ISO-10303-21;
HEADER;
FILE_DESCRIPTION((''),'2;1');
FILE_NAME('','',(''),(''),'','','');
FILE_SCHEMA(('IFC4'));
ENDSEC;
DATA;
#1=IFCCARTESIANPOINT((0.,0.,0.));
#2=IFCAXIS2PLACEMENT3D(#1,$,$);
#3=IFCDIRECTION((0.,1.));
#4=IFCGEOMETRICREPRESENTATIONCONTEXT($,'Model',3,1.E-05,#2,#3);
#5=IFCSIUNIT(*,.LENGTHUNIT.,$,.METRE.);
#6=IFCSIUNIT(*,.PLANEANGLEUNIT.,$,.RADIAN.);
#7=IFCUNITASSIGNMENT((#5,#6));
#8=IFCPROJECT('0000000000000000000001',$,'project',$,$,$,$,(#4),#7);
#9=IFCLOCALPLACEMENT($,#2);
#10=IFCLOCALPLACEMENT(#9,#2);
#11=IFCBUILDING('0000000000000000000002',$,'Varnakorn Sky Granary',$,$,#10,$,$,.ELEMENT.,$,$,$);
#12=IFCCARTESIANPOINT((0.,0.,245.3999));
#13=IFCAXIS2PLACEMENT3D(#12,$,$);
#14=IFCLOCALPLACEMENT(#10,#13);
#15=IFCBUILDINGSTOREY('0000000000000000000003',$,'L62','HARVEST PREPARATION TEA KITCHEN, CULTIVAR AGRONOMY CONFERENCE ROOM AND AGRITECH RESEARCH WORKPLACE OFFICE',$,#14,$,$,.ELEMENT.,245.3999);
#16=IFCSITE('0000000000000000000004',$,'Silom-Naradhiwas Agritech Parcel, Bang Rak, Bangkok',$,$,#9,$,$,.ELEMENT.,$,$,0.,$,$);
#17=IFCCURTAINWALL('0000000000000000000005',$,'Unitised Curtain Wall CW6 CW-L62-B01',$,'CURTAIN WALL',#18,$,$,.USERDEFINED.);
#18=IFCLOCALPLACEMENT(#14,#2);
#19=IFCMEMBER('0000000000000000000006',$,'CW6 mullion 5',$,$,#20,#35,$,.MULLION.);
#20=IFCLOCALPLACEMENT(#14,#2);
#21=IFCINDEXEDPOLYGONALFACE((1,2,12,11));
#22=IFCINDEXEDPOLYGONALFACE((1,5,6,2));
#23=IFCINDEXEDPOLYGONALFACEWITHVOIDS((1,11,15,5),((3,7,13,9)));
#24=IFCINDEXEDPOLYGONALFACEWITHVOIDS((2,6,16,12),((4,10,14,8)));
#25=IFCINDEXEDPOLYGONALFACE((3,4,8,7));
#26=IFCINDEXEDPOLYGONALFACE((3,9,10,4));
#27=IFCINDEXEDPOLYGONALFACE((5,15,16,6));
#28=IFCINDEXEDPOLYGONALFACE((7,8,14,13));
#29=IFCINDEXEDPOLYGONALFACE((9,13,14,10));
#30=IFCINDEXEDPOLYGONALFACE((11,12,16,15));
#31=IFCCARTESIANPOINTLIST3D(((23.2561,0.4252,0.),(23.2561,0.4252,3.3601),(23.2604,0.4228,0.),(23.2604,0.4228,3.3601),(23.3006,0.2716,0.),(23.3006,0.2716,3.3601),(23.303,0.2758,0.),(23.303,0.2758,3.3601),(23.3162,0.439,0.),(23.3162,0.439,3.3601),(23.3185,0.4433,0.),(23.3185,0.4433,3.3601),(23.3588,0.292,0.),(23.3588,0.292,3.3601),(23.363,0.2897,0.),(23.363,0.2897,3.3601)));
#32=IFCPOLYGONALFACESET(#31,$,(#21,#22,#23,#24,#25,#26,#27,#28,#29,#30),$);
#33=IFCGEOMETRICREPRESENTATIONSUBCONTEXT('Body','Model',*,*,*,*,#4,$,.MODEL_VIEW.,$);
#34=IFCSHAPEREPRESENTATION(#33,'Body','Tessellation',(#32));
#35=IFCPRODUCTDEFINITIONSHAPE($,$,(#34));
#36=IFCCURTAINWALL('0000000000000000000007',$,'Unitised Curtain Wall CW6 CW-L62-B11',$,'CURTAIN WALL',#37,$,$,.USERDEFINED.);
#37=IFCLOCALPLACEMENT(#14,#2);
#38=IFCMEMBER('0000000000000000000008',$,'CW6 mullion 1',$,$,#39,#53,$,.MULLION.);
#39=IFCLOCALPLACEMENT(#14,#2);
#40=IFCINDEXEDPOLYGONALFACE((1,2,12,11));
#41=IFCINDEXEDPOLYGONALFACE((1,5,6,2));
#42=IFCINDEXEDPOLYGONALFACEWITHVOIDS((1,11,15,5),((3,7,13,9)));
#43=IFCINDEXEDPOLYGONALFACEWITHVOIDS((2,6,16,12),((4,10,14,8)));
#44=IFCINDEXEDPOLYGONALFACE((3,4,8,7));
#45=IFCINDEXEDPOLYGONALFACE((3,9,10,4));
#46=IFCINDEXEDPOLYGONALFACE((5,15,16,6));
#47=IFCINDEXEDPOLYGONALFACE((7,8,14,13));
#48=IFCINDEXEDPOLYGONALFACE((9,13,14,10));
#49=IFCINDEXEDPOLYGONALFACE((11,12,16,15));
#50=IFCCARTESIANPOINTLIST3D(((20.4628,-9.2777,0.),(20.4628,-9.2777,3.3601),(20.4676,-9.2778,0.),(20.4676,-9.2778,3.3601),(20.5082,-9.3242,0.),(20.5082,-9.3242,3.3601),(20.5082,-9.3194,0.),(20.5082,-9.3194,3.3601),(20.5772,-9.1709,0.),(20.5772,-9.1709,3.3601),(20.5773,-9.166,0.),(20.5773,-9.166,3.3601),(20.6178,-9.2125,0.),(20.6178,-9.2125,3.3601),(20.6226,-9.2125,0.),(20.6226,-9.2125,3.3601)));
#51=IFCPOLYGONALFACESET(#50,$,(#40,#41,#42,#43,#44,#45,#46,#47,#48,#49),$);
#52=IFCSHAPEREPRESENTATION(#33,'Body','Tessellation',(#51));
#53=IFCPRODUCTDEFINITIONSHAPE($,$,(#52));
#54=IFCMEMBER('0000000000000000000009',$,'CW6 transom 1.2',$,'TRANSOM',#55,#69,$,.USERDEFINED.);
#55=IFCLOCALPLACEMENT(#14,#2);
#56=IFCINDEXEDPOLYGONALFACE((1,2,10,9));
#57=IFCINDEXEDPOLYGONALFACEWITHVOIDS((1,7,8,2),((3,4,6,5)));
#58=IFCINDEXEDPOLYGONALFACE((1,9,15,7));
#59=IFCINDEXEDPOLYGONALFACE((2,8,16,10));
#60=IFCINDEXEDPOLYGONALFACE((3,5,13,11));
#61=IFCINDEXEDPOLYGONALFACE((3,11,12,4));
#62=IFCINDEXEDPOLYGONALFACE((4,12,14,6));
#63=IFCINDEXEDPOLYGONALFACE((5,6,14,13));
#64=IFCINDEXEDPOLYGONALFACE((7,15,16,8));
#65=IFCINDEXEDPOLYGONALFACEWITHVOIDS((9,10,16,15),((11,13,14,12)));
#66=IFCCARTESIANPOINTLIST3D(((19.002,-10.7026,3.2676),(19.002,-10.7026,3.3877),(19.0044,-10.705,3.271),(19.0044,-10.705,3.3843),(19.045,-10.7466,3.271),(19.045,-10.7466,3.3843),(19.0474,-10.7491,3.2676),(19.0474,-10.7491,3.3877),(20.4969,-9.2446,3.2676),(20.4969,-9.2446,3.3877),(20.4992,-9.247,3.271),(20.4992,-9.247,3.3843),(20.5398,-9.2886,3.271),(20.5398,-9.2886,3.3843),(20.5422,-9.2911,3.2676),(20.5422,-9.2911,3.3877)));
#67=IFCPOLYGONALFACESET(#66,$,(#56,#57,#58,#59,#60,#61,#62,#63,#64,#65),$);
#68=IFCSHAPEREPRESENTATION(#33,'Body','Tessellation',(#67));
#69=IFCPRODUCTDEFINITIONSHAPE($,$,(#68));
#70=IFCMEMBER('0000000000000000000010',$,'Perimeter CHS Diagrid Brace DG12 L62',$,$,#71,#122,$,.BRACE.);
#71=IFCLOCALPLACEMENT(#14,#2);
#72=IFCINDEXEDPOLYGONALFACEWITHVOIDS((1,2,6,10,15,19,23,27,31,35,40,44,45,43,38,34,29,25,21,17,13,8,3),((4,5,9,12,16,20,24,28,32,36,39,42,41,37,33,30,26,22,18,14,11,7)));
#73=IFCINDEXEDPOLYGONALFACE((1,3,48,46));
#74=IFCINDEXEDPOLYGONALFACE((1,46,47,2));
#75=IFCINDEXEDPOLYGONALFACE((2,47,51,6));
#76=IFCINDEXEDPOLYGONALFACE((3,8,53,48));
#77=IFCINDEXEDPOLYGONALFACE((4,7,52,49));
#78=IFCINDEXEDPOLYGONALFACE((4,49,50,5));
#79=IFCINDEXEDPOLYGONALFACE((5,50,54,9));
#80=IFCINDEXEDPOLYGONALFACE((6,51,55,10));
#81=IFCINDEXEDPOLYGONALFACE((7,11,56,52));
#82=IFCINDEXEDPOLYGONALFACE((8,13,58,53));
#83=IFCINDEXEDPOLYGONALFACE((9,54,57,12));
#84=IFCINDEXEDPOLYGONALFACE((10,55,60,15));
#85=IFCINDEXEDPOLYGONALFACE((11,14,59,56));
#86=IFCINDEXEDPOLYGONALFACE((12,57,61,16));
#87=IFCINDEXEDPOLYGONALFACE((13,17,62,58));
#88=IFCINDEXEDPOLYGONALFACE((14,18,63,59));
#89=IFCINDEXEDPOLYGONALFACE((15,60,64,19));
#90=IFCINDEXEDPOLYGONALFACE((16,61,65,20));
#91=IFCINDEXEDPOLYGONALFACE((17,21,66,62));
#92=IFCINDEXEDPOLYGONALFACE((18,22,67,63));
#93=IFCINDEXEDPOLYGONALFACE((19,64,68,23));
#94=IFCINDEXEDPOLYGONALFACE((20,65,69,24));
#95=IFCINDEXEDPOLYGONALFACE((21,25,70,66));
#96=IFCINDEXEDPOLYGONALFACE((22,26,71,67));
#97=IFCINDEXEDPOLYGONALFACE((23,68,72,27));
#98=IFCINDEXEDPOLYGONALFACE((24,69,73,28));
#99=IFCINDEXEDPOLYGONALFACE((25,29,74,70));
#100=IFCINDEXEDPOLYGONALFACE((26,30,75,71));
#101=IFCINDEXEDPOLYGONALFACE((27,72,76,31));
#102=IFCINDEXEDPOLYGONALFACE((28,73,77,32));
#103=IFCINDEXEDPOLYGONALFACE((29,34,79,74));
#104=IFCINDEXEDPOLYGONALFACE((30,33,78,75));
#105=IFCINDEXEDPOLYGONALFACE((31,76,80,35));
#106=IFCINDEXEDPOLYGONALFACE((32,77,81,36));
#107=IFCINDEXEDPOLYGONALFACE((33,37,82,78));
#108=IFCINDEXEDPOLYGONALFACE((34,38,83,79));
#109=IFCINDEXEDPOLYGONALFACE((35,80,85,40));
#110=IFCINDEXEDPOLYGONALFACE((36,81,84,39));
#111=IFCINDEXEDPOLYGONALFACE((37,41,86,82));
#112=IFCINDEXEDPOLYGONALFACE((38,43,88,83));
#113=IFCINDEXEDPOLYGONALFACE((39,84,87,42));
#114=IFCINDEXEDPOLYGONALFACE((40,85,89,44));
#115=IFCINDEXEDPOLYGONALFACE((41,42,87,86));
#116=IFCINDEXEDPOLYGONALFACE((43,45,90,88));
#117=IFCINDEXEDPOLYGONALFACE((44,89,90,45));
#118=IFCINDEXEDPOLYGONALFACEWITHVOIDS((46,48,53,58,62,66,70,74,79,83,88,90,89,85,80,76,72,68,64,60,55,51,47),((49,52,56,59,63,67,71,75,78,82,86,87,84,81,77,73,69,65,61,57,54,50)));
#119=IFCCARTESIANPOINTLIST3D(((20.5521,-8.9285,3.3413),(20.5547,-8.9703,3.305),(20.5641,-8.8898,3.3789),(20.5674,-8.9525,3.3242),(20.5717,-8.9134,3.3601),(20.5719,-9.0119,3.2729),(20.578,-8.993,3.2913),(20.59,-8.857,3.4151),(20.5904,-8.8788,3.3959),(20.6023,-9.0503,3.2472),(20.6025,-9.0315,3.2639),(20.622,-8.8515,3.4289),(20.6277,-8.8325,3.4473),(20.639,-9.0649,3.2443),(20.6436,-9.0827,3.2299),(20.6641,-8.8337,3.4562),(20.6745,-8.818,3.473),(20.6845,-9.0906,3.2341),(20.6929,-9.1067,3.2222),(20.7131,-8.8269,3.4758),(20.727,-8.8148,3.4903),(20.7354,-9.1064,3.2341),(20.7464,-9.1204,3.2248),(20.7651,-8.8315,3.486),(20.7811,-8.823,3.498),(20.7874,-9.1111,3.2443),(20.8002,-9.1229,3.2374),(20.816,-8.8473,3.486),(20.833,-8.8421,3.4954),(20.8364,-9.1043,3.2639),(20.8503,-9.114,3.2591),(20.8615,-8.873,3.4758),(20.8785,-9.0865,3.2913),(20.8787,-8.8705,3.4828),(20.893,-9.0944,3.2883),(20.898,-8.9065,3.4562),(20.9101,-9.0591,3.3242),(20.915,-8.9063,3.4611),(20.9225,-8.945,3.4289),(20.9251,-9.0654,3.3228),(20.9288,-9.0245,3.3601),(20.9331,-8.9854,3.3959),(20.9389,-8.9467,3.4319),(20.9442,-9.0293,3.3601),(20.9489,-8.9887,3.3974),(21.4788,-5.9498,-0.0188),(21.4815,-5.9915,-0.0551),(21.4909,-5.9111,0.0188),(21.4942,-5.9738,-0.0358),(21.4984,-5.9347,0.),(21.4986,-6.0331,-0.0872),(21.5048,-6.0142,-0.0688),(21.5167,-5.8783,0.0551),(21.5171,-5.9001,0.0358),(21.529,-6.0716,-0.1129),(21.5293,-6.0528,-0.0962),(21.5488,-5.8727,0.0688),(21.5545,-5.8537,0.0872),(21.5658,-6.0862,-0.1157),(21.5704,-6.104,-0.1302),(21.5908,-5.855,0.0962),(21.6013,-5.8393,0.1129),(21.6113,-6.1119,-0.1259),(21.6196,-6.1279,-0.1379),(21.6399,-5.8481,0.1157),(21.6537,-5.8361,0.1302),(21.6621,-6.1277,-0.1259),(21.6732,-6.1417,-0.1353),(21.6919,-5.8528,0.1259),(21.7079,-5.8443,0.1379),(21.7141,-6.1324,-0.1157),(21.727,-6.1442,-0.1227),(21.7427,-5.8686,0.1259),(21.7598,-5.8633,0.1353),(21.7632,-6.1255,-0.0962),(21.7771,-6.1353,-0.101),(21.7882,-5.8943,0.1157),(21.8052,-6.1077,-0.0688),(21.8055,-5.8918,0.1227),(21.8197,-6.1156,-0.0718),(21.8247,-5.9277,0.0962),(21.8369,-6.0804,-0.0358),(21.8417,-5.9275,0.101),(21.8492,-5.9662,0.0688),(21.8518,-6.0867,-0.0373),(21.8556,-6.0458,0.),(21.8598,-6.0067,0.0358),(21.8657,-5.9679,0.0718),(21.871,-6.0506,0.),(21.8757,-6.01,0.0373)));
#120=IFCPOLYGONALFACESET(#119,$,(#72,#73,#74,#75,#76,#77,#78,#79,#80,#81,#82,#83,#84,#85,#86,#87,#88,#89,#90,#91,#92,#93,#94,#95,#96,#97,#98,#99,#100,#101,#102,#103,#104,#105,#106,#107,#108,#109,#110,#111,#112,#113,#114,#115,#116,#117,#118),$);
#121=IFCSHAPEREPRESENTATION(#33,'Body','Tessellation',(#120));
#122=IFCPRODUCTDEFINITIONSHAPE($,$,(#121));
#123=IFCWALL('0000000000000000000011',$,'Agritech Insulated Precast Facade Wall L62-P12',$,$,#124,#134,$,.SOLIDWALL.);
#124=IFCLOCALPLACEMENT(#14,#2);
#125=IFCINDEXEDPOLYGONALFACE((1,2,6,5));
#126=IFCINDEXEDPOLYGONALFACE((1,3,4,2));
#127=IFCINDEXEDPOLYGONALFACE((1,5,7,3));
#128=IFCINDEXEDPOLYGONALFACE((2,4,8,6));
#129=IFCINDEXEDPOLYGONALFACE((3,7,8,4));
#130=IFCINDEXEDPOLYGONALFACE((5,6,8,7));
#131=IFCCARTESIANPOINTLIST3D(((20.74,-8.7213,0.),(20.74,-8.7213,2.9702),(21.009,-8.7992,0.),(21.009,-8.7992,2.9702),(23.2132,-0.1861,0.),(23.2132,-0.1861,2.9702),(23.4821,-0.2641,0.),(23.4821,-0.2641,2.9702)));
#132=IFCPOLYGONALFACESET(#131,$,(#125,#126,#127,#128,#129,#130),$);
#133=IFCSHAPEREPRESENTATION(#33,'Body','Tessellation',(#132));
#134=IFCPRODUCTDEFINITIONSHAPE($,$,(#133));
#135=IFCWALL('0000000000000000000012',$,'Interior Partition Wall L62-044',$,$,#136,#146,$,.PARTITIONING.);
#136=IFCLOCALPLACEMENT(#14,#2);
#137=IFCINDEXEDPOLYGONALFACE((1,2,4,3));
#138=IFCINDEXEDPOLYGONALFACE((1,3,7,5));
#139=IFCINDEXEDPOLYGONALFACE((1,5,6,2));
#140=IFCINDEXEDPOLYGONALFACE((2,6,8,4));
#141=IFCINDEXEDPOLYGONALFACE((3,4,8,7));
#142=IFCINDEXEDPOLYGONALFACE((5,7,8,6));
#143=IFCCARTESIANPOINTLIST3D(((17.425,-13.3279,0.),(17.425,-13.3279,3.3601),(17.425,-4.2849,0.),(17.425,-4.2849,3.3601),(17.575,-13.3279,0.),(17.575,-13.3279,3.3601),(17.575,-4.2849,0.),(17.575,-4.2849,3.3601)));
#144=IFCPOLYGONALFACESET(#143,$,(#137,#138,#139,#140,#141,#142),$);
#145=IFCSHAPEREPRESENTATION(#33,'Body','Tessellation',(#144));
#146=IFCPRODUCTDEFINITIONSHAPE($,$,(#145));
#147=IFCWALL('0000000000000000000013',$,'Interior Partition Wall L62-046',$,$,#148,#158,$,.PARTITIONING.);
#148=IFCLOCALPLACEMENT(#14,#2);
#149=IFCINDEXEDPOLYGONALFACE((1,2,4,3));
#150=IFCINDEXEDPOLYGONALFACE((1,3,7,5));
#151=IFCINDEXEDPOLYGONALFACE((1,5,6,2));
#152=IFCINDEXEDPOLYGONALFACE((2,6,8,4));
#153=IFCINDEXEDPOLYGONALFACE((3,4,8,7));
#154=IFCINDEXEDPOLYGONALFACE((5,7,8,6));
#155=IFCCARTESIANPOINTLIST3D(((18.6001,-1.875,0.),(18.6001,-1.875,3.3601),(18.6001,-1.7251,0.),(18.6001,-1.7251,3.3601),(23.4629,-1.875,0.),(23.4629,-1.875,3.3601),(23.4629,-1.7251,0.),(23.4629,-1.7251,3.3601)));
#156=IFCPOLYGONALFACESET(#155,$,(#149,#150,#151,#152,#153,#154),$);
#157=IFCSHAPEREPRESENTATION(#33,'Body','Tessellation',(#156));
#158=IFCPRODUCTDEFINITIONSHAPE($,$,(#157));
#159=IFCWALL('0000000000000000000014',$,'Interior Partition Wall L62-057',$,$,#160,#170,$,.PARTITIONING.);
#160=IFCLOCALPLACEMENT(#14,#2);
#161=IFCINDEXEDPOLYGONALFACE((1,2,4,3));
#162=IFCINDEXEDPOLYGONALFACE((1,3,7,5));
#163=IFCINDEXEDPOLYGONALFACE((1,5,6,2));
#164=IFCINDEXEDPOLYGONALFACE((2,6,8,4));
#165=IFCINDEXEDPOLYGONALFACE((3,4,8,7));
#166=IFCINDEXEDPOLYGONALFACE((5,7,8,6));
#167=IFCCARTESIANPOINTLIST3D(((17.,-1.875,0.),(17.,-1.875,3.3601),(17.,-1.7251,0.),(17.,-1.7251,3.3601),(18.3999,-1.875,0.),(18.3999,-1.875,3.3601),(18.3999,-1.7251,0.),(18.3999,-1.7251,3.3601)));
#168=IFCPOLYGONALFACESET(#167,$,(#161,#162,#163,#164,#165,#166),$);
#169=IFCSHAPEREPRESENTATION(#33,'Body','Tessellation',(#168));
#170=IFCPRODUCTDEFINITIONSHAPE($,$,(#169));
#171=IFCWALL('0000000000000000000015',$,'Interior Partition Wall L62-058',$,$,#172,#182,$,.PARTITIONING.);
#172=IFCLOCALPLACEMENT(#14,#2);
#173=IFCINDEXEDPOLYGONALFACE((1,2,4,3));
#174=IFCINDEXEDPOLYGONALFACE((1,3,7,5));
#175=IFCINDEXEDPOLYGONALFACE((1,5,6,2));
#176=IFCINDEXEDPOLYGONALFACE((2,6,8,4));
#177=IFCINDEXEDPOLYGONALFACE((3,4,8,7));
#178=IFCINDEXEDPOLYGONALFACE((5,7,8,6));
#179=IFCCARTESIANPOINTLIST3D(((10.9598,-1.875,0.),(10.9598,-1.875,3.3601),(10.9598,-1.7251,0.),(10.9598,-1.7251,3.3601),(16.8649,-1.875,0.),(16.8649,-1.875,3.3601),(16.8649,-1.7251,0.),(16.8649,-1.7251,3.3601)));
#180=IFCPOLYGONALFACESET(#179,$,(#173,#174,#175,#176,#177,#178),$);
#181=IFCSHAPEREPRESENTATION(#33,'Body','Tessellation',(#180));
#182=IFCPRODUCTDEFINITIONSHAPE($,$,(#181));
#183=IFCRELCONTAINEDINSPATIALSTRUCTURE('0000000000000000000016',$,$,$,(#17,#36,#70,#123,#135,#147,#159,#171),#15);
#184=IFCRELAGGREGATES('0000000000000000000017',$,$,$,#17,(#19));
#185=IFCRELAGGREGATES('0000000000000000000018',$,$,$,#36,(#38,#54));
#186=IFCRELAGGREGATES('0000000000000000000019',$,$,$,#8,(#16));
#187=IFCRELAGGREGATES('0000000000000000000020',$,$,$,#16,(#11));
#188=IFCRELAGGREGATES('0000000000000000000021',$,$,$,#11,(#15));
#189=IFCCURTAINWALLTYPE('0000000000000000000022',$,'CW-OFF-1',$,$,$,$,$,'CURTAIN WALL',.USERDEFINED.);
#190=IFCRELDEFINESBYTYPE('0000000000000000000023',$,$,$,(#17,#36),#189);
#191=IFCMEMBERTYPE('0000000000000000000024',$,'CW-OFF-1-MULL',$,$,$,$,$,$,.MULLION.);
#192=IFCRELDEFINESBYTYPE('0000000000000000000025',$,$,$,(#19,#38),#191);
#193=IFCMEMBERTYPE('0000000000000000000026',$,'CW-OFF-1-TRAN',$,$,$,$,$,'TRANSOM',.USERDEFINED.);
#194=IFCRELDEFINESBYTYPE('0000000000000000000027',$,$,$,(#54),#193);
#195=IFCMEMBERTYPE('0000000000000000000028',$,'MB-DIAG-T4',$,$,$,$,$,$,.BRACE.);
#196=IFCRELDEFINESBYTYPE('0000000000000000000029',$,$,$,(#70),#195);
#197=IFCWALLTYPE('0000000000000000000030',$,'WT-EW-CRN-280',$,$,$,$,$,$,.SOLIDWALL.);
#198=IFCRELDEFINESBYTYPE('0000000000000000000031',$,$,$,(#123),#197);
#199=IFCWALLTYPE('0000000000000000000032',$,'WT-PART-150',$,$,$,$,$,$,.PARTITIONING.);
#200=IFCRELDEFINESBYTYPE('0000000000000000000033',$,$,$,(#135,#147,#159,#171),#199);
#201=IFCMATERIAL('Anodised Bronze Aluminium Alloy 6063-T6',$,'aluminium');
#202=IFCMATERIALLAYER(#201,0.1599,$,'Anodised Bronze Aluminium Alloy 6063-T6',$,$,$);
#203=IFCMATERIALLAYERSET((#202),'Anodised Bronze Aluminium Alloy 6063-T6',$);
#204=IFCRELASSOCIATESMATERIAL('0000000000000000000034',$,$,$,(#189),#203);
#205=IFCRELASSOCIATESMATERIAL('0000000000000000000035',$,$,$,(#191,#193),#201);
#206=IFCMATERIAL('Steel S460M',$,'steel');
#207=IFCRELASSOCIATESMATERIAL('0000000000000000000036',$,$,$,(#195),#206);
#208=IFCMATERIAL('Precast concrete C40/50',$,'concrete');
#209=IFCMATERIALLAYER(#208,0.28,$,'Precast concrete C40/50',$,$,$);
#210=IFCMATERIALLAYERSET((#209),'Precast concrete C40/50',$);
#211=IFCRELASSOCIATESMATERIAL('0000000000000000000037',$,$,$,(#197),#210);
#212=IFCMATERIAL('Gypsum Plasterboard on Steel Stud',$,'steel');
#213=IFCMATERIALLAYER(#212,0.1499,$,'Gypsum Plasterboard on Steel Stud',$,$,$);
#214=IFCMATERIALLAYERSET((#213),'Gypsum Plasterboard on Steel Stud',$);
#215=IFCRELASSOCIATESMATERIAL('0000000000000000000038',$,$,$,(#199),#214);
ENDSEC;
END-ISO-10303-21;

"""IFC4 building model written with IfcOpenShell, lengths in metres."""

from ifc_helpers import new_model, si_unit, direction, frame, frame_2d, origin, origin_2d, place, context, subcontext, project, spatial, rectangle, hollow_rectangle, hollow_circle, extrude, material, layer, layer_set, material_profile, profile_set, type_object, element, aggregate, save


model = new_model("IFC4")

# Units and contexts
model_context = context("Model", 3, precision=1e-05, world=origin(), true_north=direction((0.0, 1.0)))
body_context = subcontext(model_context, "Body", "Model", "MODEL_VIEW")
ifc_project = project(units=[si_unit("LENGTHUNIT", "METRE"), si_unit("PLANEANGLEUNIT", "RADIAN")], contexts=[model_context])

# Site, building, storey
site_placement = place(None, origin())
site = spatial("IfcSite", under=ifc_project, at=site_placement, Name="Silom-Naradhiwas Agritech Parcel, Bang Rak, Bangkok", CompositionType="ELEMENT", RefElevation=0.0)
building_placement = place(site_placement, origin())
building = spatial("IfcBuilding", under=site, at=building_placement, Name="Varnakorn Sky Granary", CompositionType="ELEMENT")
storey_placement = place(building_placement, frame((0.0, 0.0, 245.3999)))
storey = spatial("IfcBuildingStorey", under=building, at=storey_placement, Name="L62", Description="HARVEST PREPARATION TEA KITCHEN, CULTIVAR AGRONOMY CONFERENCE ROOM AND AGRITECH RESEARCH WORKPLACE OFFICE", CompositionType="ELEMENT", Elevation=245.3999)

# Shared definitions
ifc_material_1 = material(Name="Steel S460M", Category="steel")

# Curtain wall, member
ifc_material_2 = material(Name="Anodised Bronze Aluminium Alloy 6063-T6", Category="aluminium")
ifc_layer_1 = layer(ifc_material_2, 0.1599, Name="Anodised Bronze Aluminium Alloy 6063-T6")
ifc_layer_set_1 = layer_set([ifc_layer_1], Name="Anodised Bronze Aluminium Alloy 6063-T6")
curtain_wall_type = type_object("IfcCurtainWallType", Name="CW-OFF-1", ElementType="CURTAIN WALL", PredefinedType="USERDEFINED", material=ifc_layer_set_1)
curtain_wall_1_placement = place(storey_placement, origin())
curtain_wall_1 = element("IfcCurtainWall", 1, at=curtain_wall_1_placement, inside=storey, type_object=curtain_wall_type, Name="Unitised Curtain Wall CW6 CW-L62-B01", ObjectType="CURTAIN WALL", PredefinedType="USERDEFINED")
ifc_material_profile_1 = material_profile(ifc_material_2, hollow_rectangle(XDim=0.0649, YDim=0.1599, WallThickness=0.0034, at=origin_2d()), Name="ALU MULL 65x160")
ifc_profile_set_1 = profile_set([ifc_material_profile_1], Name="Anodised Bronze Aluminium Alloy 6063-T6")
member_type_1 = type_object("IfcMemberType", Name="CW-OFF-1-MULL", PredefinedType="MULLION", material=ifc_profile_set_1)
member_1_placement = place(storey_placement, frame((23.3096, 0.3574, 0.0), z_axis=(0.0, 0.0, 1.0), x_axis=(0.960483, 0.278338, 0.0)))
member_1 = element("IfcMember", 2, at=member_1_placement, type_object=member_type_1, Name="CW6 mullion 5", PredefinedType="MULLION", context=body_context, shape_type="SweptSolid", body=[
    extrude(hollow_rectangle(XDim=0.0649, YDim=0.1599, WallThickness=0.0034, at=origin_2d()), origin(), (0.0, 0.0, 1.0), 3.3601),
])
aggregate(curtain_wall_1, [member_1])

# Curtain wall, members
curtain_wall_2_placement = place(storey_placement, origin())
curtain_wall_2 = element("IfcCurtainWall", 3, at=curtain_wall_2_placement, inside=storey, type_object=curtain_wall_type, Name="Unitised Curtain Wall CW6 CW-L62-B11", ObjectType="CURTAIN WALL", PredefinedType="USERDEFINED")
member_2_placement = place(storey_placement, frame((20.5427, -9.2451, 0.0), z_axis=(0.0, 0.0, 1.0), x_axis=(0.698181, -0.715922, 0.0)))
member_2 = element("IfcMember", 4, at=member_2_placement, type_object=member_type_1, Name="CW6 mullion 1", PredefinedType="MULLION", context=body_context, shape_type="SweptSolid", body=[
    extrude(hollow_rectangle(XDim=0.0649, YDim=0.1599, WallThickness=0.0034, at=origin_2d()), origin(), (0.0, 0.0, 1.0), 3.3601),
])
ifc_material_profile_2 = material_profile(ifc_material_2, hollow_rectangle(XDim=0.0649, YDim=0.1201, WallThickness=0.0034, at=origin_2d()), Name="ALU TRAN 65x120")
ifc_profile_set_2 = profile_set([ifc_material_profile_2], Name="Anodised Bronze Aluminium Alloy 6063-T6")
member_type_2 = type_object("IfcMemberType", Name="CW-OFF-1-TRAN", ElementType="TRANSOM", PredefinedType="USERDEFINED", material=ifc_profile_set_2)
member_3_placement = place(storey_placement, frame((20.5195, -9.2678, 3.3276), z_axis=(-0.715879, -0.698224, 0.0), x_axis=(0.698224, -0.715879, 0.0)))
member_3 = element("IfcMember", 5, at=member_3_placement, type_object=member_type_2, Name="CW6 transom 1.2", ObjectType="TRANSOM", PredefinedType="USERDEFINED", context=body_context, shape_type="SweptSolid", body=[
    extrude(hollow_rectangle(XDim=0.0649, YDim=0.1201, WallThickness=0.0034, at=origin_2d()), origin(), (0.0, 0.0, 1.0), 2.0881),
])
aggregate(curtain_wall_2, [member_2, member_3])

# Member
ifc_material_profile_3 = material_profile(ifc_material_1, hollow_circle(Radius=0.2031, WallThickness=0.0161, at=origin_2d()), Name="CHS 406.4x16")
ifc_profile_set_3 = profile_set([ifc_material_profile_3], Name="Steel S460M")
member_type_3 = type_object("IfcMemberType", Name="MB-DIAG-T4", PredefinedType="BRACE", material=ifc_profile_set_3)
member_4_placement = place(storey_placement, frame((21.677, -5.9902, 0.0), z_axis=(-0.202128, -0.649675, 0.732848), x_axis=(0.954854, -0.297076, 0.0)))
element("IfcMember", 6, at=member_4_placement, inside=storey, type_object=member_type_3, Name="Perimeter CHS Diagrid Brace DG12 L62", PredefinedType="BRACE", context=body_context, shape_type="SweptSolid", body=[
    extrude(hollow_circle(Radius=0.2031, WallThickness=0.0161, at=origin_2d()), origin(), (0.0, 0.0, 1.0), 4.585),
])

# Walls
ifc_material_3 = material(Name="Precast concrete C40/50", Category="concrete")
ifc_layer_2 = layer(ifc_material_3, 0.28, Name="Precast concrete C40/50")
ifc_layer_set_2 = layer_set([ifc_layer_2], Name="Precast concrete C40/50")
wall_type_1 = type_object("IfcWallType", Name="WT-EW-CRN-280", PredefinedType="SOLIDWALL", material=ifc_layer_set_2)
wall_1_placement = place(storey_placement, frame((23.3477, -0.2251, 0.0), z_axis=(0.0, 0.0, 1.0), x_axis=(-0.278312, -0.960491, 0.0)))
element("IfcWall", 7, at=wall_1_placement, inside=storey, type_object=wall_type_1, Name="Agritech Insulated Precast Facade Wall L62-P12", PredefinedType="SOLIDWALL", context=body_context, shape_type="SweptSolid", body=[
    extrude(rectangle(XDim=8.8862, YDim=0.28, at=frame_2d((4.4431, 0.0))), origin(), (0.0, 0.0, 1.0), 2.9702),
])
ifc_material_4 = material(Name="Gypsum Plasterboard on Steel Stud", Category="steel")
ifc_layer_3 = layer(ifc_material_4, 0.1499, Name="Gypsum Plasterboard on Steel Stud")
ifc_layer_set_3 = layer_set([ifc_layer_3], Name="Gypsum Plasterboard on Steel Stud")
wall_type_2 = type_object("IfcWallType", Name="WT-PART-150", PredefinedType="PARTITIONING", material=ifc_layer_set_3)
wall_2_placement = place(storey_placement, frame((17.5, -4.2849, 0.0), z_axis=(0.0, 0.0, 1.0), x_axis=(0.0, -1.0, 0.0)))
element("IfcWall", 8, at=wall_2_placement, inside=storey, type_object=wall_type_2, Name="Interior Partition Wall L62-044", PredefinedType="PARTITIONING", context=body_context, shape_type="SweptSolid", body=[
    extrude(rectangle(XDim=9.043, YDim=0.1499, at=frame_2d((4.5215, 0.0))), origin(), (0.0, 0.0, 1.0), 3.3601),
])
wall_3_placement = place(storey_placement, frame((18.6001, -1.8, 0.0), z_axis=(0.0, 0.0, 1.0), x_axis=(1.0, 0.0, 0.0)))
element("IfcWall", 9, at=wall_3_placement, inside=storey, type_object=wall_type_2, Name="Interior Partition Wall L62-046", PredefinedType="PARTITIONING", context=body_context, shape_type="SweptSolid", body=[
    extrude(rectangle(XDim=4.8628, YDim=0.1499, at=frame_2d((2.4314, 0.0))), origin(), (0.0, 0.0, 1.0), 3.3601),
])
wall_4_placement = place(storey_placement, frame((18.3999, -1.8, 0.0), z_axis=(0.0, 0.0, 1.0), x_axis=(-1.0, 0.0, 0.0)))
element("IfcWall", 10, at=wall_4_placement, inside=storey, type_object=wall_type_2, Name="Interior Partition Wall L62-057", PredefinedType="PARTITIONING", context=body_context, shape_type="SweptSolid", body=[
    extrude(rectangle(XDim=1.3999, YDim=0.1499, at=frame_2d((0.7, 0.0))), origin(), (0.0, 0.0, 1.0), 3.3601),
])
wall_5_placement = place(storey_placement, frame((16.865, -1.8, 0.0), z_axis=(0.0, 0.0, 1.0), x_axis=(-1.0, 0.0, 0.0)))
element("IfcWall", 11, at=wall_5_placement, inside=storey, type_object=wall_type_2, Name="Interior Partition Wall L62-058", PredefinedType="PARTITIONING", context=body_context, shape_type="SweptSolid", body=[
    extrude(rectangle(XDim=5.905, YDim=0.1499, at=frame_2d((2.9526, 0.0))), origin(), (0.0, 0.0, 1.0), 3.3601),
])

save(model, "model.ifc")
